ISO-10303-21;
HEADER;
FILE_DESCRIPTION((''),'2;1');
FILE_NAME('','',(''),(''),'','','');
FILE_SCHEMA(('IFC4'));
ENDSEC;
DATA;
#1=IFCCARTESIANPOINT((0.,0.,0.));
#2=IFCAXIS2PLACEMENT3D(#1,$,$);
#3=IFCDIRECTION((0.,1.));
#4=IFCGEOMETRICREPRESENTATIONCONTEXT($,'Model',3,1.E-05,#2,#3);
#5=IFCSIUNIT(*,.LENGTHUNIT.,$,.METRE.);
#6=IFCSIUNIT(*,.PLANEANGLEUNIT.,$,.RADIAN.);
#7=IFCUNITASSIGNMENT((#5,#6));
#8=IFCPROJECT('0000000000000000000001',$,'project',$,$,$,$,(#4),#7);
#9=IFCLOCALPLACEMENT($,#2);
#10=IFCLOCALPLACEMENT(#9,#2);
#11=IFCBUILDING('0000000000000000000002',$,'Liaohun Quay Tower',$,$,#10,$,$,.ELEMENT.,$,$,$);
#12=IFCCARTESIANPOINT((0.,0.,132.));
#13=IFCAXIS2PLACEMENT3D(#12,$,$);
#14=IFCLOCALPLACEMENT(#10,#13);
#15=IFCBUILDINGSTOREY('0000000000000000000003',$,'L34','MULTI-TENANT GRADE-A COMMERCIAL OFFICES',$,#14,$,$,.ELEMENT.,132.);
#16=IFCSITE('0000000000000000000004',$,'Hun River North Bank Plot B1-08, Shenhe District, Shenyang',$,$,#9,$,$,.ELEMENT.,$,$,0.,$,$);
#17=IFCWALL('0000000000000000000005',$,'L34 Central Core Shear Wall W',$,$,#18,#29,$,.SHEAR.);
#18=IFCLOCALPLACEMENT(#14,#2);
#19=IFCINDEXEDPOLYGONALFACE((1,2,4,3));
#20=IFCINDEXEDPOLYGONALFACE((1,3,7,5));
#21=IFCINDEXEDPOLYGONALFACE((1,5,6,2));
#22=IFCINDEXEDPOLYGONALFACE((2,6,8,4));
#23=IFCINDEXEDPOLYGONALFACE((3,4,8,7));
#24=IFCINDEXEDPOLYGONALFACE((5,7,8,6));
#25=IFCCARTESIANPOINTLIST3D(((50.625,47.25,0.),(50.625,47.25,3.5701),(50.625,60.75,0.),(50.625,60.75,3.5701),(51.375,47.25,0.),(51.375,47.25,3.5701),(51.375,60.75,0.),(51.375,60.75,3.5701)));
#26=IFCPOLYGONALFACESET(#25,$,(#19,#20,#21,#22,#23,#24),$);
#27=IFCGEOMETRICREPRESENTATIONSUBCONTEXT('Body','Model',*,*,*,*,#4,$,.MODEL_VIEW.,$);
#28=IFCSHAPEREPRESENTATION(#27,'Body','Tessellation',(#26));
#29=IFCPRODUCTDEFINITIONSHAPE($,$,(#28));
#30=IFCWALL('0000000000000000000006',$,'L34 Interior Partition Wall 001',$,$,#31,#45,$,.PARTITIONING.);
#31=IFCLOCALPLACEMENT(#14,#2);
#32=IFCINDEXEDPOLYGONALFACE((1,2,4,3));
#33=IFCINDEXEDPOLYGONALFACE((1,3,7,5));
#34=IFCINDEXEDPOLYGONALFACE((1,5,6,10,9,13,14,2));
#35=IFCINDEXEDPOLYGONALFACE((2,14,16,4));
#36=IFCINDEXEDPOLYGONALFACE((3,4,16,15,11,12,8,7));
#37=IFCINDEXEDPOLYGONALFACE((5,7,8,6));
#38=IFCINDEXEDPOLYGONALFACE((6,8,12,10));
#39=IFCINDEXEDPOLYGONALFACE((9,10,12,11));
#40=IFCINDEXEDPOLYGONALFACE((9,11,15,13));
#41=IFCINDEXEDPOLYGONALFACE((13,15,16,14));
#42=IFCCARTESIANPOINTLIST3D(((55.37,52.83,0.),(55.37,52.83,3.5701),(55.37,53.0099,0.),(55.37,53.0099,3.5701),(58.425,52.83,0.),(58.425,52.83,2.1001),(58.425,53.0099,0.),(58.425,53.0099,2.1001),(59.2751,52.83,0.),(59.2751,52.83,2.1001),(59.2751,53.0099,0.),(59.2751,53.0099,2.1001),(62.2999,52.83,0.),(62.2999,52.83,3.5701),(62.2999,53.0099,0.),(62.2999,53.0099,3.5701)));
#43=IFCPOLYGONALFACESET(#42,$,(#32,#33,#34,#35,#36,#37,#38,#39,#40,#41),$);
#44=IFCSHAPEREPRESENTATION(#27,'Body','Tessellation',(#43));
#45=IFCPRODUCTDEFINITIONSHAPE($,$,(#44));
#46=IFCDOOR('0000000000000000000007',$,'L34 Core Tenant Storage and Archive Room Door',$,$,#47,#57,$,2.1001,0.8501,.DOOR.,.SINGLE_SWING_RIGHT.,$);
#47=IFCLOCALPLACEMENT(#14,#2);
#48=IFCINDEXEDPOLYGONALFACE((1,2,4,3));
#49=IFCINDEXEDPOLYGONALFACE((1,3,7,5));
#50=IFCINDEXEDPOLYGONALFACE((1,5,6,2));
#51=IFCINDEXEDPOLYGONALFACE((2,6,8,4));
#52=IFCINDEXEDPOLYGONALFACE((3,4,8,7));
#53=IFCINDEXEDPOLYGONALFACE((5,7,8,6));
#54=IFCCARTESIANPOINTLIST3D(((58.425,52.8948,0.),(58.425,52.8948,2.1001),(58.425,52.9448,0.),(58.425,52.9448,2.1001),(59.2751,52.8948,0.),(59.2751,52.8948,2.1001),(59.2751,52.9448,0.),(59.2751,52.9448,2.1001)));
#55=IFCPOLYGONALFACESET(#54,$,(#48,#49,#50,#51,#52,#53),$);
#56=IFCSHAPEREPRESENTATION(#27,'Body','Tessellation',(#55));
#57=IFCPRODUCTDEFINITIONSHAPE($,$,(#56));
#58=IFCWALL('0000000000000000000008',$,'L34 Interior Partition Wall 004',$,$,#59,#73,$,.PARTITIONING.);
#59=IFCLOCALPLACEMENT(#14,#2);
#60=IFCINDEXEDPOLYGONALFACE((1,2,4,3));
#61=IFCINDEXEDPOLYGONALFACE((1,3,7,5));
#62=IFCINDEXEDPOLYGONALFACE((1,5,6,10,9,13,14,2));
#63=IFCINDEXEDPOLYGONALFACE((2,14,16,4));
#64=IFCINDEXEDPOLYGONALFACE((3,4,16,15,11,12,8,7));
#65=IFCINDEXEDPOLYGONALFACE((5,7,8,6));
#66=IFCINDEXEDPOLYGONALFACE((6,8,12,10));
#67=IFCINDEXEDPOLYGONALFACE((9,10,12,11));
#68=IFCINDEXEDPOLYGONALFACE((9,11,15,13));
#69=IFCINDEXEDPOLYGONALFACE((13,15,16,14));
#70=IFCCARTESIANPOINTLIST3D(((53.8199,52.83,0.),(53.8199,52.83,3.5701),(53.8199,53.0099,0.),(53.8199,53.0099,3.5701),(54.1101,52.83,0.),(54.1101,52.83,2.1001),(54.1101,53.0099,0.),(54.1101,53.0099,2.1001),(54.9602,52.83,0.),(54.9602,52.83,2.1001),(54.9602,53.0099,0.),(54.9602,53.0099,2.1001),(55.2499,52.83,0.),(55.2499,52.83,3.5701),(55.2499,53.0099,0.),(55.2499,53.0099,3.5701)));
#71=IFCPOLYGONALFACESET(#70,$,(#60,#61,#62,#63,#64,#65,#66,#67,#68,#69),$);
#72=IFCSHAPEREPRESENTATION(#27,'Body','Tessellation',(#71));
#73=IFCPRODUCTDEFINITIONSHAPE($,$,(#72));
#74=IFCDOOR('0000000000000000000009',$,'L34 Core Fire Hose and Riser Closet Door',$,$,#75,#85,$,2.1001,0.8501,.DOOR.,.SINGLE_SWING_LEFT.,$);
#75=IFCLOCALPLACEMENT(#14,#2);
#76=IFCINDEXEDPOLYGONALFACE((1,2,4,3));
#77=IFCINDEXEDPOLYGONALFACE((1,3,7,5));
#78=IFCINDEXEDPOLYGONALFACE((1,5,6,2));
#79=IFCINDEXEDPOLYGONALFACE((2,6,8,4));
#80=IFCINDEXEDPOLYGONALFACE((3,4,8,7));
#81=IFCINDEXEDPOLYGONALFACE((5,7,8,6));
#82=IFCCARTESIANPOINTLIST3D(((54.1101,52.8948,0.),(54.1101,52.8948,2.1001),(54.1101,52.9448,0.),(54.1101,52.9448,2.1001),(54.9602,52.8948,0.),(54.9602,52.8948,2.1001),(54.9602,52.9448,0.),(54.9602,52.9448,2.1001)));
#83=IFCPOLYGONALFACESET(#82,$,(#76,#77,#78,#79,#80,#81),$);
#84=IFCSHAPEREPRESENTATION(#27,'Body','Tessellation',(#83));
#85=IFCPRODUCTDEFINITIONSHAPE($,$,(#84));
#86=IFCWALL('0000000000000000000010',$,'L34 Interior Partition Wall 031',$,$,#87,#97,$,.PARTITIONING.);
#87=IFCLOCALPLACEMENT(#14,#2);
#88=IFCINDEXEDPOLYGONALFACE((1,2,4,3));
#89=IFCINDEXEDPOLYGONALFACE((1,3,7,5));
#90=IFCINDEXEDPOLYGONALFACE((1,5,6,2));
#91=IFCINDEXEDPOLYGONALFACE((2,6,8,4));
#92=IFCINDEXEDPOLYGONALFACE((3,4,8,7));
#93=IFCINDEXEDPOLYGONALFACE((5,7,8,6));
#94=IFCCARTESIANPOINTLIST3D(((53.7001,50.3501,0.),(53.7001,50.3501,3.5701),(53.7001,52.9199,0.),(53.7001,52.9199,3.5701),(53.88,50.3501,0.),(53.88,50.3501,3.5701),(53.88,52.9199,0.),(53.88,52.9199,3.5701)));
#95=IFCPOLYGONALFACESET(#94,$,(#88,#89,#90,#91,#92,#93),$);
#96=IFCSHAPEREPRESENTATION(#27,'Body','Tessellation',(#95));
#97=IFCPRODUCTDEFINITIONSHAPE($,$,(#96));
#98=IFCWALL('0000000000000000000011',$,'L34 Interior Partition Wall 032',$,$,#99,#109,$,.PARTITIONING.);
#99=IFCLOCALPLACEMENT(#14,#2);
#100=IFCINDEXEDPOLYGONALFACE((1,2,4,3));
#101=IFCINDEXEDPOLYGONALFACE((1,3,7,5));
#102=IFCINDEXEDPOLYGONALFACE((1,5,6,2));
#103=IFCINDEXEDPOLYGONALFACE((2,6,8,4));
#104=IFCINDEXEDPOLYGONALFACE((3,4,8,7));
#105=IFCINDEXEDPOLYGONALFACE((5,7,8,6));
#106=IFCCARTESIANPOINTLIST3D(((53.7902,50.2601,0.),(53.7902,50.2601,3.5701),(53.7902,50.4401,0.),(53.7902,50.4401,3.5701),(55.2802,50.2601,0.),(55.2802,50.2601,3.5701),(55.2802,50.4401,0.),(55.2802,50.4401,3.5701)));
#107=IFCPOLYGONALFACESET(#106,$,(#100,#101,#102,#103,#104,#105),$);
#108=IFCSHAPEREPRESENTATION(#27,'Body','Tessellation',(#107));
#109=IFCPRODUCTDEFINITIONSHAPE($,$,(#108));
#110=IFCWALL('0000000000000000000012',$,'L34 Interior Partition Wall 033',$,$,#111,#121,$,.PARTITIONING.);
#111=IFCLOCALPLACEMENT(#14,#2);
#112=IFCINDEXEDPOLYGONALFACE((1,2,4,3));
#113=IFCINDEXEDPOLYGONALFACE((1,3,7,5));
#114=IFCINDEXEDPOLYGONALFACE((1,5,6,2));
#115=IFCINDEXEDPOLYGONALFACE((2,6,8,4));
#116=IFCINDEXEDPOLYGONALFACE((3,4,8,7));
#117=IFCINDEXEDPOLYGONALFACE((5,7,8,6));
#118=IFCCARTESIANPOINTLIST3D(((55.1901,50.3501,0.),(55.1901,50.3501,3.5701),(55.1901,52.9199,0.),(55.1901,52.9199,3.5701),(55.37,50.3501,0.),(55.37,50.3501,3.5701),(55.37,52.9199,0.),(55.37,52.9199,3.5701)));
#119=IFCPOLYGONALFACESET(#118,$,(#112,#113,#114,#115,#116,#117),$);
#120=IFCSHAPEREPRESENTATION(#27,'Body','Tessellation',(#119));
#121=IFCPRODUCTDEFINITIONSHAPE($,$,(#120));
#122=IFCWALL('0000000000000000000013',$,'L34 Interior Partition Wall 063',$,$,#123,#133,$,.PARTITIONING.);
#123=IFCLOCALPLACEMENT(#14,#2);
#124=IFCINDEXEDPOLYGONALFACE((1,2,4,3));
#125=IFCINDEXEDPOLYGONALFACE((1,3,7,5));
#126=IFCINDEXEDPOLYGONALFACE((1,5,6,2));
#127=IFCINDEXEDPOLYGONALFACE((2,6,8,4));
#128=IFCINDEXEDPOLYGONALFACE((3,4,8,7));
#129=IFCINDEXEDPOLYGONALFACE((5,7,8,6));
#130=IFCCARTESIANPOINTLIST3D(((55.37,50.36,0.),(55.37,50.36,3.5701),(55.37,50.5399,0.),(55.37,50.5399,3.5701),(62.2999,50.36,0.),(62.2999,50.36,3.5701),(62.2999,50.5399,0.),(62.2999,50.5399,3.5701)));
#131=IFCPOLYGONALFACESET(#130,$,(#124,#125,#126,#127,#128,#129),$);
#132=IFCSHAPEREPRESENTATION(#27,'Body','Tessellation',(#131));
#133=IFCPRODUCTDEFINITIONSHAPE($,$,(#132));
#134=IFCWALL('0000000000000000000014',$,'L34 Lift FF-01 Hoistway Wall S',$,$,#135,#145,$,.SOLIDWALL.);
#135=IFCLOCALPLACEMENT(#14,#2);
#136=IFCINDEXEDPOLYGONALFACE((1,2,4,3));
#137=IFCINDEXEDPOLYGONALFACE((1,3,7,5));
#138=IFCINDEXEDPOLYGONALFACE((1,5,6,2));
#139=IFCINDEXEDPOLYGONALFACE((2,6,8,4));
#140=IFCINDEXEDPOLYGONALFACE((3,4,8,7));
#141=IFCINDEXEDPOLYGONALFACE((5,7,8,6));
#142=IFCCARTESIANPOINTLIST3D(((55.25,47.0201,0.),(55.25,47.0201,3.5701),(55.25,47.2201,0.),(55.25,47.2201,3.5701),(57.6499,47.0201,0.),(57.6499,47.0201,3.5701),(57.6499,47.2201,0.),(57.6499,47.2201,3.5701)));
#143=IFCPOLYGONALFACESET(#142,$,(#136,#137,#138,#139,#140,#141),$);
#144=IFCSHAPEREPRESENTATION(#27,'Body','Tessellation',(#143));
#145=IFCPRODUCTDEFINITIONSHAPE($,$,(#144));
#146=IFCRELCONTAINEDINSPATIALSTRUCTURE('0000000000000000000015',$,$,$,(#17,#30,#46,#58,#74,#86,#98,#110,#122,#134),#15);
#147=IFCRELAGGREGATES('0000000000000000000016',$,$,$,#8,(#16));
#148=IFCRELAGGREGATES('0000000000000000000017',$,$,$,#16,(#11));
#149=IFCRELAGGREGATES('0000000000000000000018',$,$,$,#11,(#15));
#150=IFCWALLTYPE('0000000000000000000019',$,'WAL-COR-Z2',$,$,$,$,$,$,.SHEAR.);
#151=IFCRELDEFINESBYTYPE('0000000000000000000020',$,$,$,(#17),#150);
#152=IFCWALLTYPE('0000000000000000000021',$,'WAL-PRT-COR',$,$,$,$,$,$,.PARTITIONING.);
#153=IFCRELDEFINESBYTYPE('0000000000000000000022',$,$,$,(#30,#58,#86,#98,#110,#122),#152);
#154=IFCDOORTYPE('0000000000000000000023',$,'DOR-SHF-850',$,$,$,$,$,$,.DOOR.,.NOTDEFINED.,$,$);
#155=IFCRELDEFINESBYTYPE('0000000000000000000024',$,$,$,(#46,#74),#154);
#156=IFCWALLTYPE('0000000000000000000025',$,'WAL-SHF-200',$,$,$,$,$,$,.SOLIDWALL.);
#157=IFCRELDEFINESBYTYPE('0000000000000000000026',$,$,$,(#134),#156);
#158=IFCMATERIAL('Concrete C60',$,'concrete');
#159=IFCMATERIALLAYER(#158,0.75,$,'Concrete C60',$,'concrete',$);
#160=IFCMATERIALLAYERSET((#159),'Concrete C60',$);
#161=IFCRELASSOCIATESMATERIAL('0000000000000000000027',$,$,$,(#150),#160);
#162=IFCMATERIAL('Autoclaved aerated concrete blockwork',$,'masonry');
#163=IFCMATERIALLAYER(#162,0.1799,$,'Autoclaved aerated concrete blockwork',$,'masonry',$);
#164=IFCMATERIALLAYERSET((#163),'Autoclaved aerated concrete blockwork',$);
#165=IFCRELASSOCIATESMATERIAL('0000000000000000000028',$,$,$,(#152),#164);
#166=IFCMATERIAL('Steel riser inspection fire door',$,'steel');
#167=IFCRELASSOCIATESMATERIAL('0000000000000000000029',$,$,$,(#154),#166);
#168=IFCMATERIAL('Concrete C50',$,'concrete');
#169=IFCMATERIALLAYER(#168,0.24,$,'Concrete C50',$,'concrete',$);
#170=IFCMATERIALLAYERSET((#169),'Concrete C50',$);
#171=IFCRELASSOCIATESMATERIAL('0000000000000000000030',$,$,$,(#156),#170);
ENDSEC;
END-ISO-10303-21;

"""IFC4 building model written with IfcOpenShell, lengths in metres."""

from ifc_helpers import new_model, si_unit, direction, frame, frame_2d, origin, place, context, subcontext, project, spatial, rectangle, extrude, source, transform, mapped, material, layer, layer_set, type_object, element, fill, save


model = new_model("IFC4")

# Units and contexts
model_context = context("Model", 3, precision=1e-05, world=origin(), true_north=direction((0.0, 1.0)))
body_context = subcontext(model_context, "Body", "Model", "MODEL_VIEW")
ifc_project = project(units=[si_unit("LENGTHUNIT", "METRE"), si_unit("PLANEANGLEUNIT", "RADIAN")], contexts=[model_context])

# Site, building, storey
site_placement = place(None, origin())
site = spatial("IfcSite", under=ifc_project, at=site_placement, Name="Hun River North Bank Plot B1-08, Shenhe District, Shenyang", CompositionType="ELEMENT", RefElevation=0.0)
building_placement = place(site_placement, origin())
building = spatial("IfcBuilding", under=site, at=building_placement, Name="Liaohun Quay Tower", CompositionType="ELEMENT")
storey_placement = place(building_placement, frame((0.0, 0.0, 132.0)))
storey = spatial("IfcBuildingStorey", under=building, at=storey_placement, Name="L34", Description="MULTI-TENANT GRADE-A COMMERCIAL OFFICES", CompositionType="ELEMENT", Elevation=132.0)

# Wall
ifc_material_1 = material(Name="Concrete C60", Category="concrete")
ifc_layer_1 = layer(ifc_material_1, 0.75, Name="Concrete C60", Category="concrete")
ifc_layer_set_1 = layer_set([ifc_layer_1], Name="Concrete C60")
wall_type_1 = type_object("IfcWallType", Name="WAL-COR-Z2", PredefinedType="SHEAR", material=ifc_layer_set_1)
wall_1_placement = place(storey_placement, frame((51.0, 47.25, 0.0), z_axis=(0.0, 0.0, 1.0), x_axis=(0.0, 1.0, 0.0)))
element("IfcWall", 1, at=wall_1_placement, inside=storey, type_object=wall_type_1, Name="L34 Central Core Shear Wall W", PredefinedType="SHEAR", context=body_context, shape_type="SweptSolid", body=[
    extrude(rectangle(XDim=13.5, YDim=0.75, at=frame_2d((6.75, 0.0))), origin(), (0.0, 0.0, 1.0), 3.5701),
])

# Walls, openings, doors
ifc_material_2 = material(Name="Autoclaved aerated concrete blockwork", Category="masonry")
ifc_layer_2 = layer(ifc_material_2, 0.1799, Name="Autoclaved aerated concrete blockwork", Category="masonry")
ifc_layer_set_2 = layer_set([ifc_layer_2], Name="Autoclaved aerated concrete blockwork")
wall_type_2 = type_object("IfcWallType", Name="WAL-PRT-COR", PredefinedType="PARTITIONING", material=ifc_layer_set_2)
wall_2_placement = place(storey_placement, frame((55.3701, 52.9199, 0.0), z_axis=(0.0, 0.0, 1.0), x_axis=(1.0, 0.0, 0.0)))
wall_2 = element("IfcWall", 2, at=wall_2_placement, inside=storey, type_object=wall_type_2, Name="L34 Interior Partition Wall 001", PredefinedType="PARTITIONING", context=body_context, shape_type="SweptSolid", body=[
    extrude(rectangle(XDim=6.9299, YDim=0.1799, at=frame_2d((3.4648, 0.0))), origin(), (0.0, 0.0, 1.0), 3.5701),
])
shared_shape_1 = source(origin(), body_context, "Body", "SweptSolid", [
    extrude(rectangle(XDim=0.8501, YDim=2.1001, at=frame_2d((0.425, 1.05))), frame((0.0, 0.0999, 0.0), z_axis=(0.0, -1.0, 0.0), x_axis=(1.0, 0.0, 0.0)), (0.0, 0.0, 1.0), 0.2),
])
opening_1_placement = place(wall_2_placement, frame((3.0549, 0.0, 0.0)))
opening_1 = element("IfcOpeningElement", 3, at=opening_1_placement, cuts=wall_2, PredefinedType="OPENING", context=body_context, shape_type="MappedRepresentation", body=[
    mapped(shared_shape_1, transform((0.0, 0.0, 0.0), x_axis=(1.0, 0.0, 0.0), y_axis=(0.0, 1.0, 0.0), z_axis=(0.0, 0.0, 1.0), scale=1.0)),
])
ifc_material_3 = material(Name="Steel riser inspection fire door", Category="steel")
door_type_1 = type_object("IfcDoorType", Name="DOR-SHF-850", OperationType="NOTDEFINED", PredefinedType="DOOR", material=ifc_material_3)
shared_shape_2 = source(origin(), body_context, "Body", "SweptSolid", [
    extrude(rectangle(XDim=0.8501, YDim=2.1001, at=frame_2d((0.425, 1.05))), frame((0.0, 0.0249, 0.0), z_axis=(0.0, -1.0, 0.0), x_axis=(1.0, 0.0, 0.0)), (0.0, 0.0, 1.0), 0.05),
])
door_1_placement = place(opening_1_placement, origin())
door_1 = element("IfcDoor", 4, at=door_1_placement, inside=storey, type_object=door_type_1, Name="L34 Core Tenant Storage and Archive Room Door", OperationType="SINGLE_SWING_RIGHT", OverallHeight=2.1001, OverallWidth=0.8501, PredefinedType="DOOR", context=body_context, shape_type="MappedRepresentation", body=[
    mapped(shared_shape_2, transform((0.0, 0.0, 0.0), x_axis=(1.0, 0.0, 0.0), y_axis=(0.0, 1.0, 0.0), z_axis=(0.0, 0.0, 1.0), scale=1.0)),
])
fill(opening_1, door_1)
wall_3_placement = place(storey_placement, frame((53.8201, 52.9199, 0.0), z_axis=(0.0, 0.0, 1.0), x_axis=(1.0, 0.0, 0.0)))
wall_3 = element("IfcWall", 5, at=wall_3_placement, inside=storey, type_object=wall_type_2, Name="L34 Interior Partition Wall 004", PredefinedType="PARTITIONING", context=body_context, shape_type="SweptSolid", body=[
    extrude(rectangle(XDim=1.4299, YDim=0.1799, at=frame_2d((0.7148, 0.0))), origin(), (0.0, 0.0, 1.0), 3.5701),
])
opening_2_placement = place(wall_3_placement, frame((0.29, 0.0, 0.0)))
opening_2 = element("IfcOpeningElement", 6, at=opening_2_placement, cuts=wall_3, PredefinedType="OPENING", context=body_context, shape_type="MappedRepresentation", body=[
    mapped(shared_shape_1, transform((0.0, 0.0, 0.0), x_axis=(1.0, 0.0, 0.0), y_axis=(0.0, 1.0, 0.0), z_axis=(0.0, 0.0, 1.0), scale=1.0)),
])
door_2_placement = place(opening_2_placement, origin())
door_2 = element("IfcDoor", 7, at=door_2_placement, inside=storey, type_object=door_type_1, Name="L34 Core Fire Hose and Riser Closet Door", OperationType="SINGLE_SWING_LEFT", OverallHeight=2.1001, OverallWidth=0.8501, PredefinedType="DOOR", context=body_context, shape_type="MappedRepresentation", body=[
    mapped(shared_shape_2, transform((0.0, 0.0, 0.0), x_axis=(1.0, 0.0, 0.0), y_axis=(0.0, 1.0, 0.0), z_axis=(0.0, 0.0, 1.0), scale=1.0)),
])
fill(opening_2, door_2)

# Walls
wall_4_placement = place(storey_placement, frame((53.79, 50.3501, 0.0), z_axis=(0.0, 0.0, 1.0), x_axis=(0.0, 1.0, 0.0)))
element("IfcWall", 8, at=wall_4_placement, inside=storey, type_object=wall_type_2, Name="L34 Interior Partition Wall 031", PredefinedType="PARTITIONING", context=body_context, shape_type="SweptSolid", body=[
    extrude(rectangle(XDim=2.5698, YDim=0.1799, at=frame_2d((1.2849, 0.0))), origin(), (0.0, 0.0, 1.0), 3.5701),
])
wall_5_placement = place(storey_placement, frame((53.79, 50.3501, 0.0), z_axis=(0.0, 0.0, 1.0), x_axis=(1.0, 0.0, 0.0)))
element("IfcWall", 9, at=wall_5_placement, inside=storey, type_object=wall_type_2, Name="L34 Interior Partition Wall 032", PredefinedType="PARTITIONING", context=body_context, shape_type="SweptSolid", body=[
    extrude(rectangle(XDim=1.49, YDim=0.1799, at=frame_2d((0.7451, 0.0))), origin(), (0.0, 0.0, 1.0), 3.5701),
])
wall_6_placement = place(storey_placement, frame((55.28, 50.3501, 0.0), z_axis=(0.0, 0.0, 1.0), x_axis=(0.0, 1.0, 0.0)))
element("IfcWall", 10, at=wall_6_placement, inside=storey, type_object=wall_type_2, Name="L34 Interior Partition Wall 033", PredefinedType="PARTITIONING", context=body_context, shape_type="SweptSolid", body=[
    extrude(rectangle(XDim=2.5698, YDim=0.1799, at=frame_2d((1.2849, 0.0))), origin(), (0.0, 0.0, 1.0), 3.5701),
])
wall_7_placement = place(storey_placement, frame((55.3701, 50.45, 0.0), z_axis=(0.0, 0.0, 1.0), x_axis=(1.0, 0.0, 0.0)))
element("IfcWall", 11, at=wall_7_placement, inside=storey, type_object=wall_type_2, Name="L34 Interior Partition Wall 063", PredefinedType="PARTITIONING", context=body_context, shape_type="SweptSolid", body=[
    extrude(rectangle(XDim=6.9299, YDim=0.1799, at=frame_2d((3.4648, 0.0))), origin(), (0.0, 0.0, 1.0), 3.5701),
])
ifc_material_4 = material(Name="Concrete C50", Category="concrete")
ifc_layer_3 = layer(ifc_material_4, 0.24, Name="Concrete C50", Category="concrete")
ifc_layer_set_3 = layer_set([ifc_layer_3], Name="Concrete C50")
wall_type_3 = type_object("IfcWallType", Name="WAL-SHF-200", PredefinedType="SOLIDWALL", material=ifc_layer_set_3)
wall_8_placement = place(storey_placement, frame((55.25, 47.1201, 0.0), z_axis=(0.0, 0.0, 1.0), x_axis=(1.0, 0.0, 0.0)))
element("IfcWall", 12, at=wall_8_placement, inside=storey, type_object=wall_type_3, Name="L34 Lift FF-01 Hoistway Wall S", PredefinedType="SOLIDWALL", context=body_context, shape_type="SweptSolid", body=[
    extrude(rectangle(XDim=2.3999, YDim=0.2, at=frame_2d((1.2, 0.0))), origin(), (0.0, 0.0, 1.0), 3.5701),
])

save(model, "model.ifc")
